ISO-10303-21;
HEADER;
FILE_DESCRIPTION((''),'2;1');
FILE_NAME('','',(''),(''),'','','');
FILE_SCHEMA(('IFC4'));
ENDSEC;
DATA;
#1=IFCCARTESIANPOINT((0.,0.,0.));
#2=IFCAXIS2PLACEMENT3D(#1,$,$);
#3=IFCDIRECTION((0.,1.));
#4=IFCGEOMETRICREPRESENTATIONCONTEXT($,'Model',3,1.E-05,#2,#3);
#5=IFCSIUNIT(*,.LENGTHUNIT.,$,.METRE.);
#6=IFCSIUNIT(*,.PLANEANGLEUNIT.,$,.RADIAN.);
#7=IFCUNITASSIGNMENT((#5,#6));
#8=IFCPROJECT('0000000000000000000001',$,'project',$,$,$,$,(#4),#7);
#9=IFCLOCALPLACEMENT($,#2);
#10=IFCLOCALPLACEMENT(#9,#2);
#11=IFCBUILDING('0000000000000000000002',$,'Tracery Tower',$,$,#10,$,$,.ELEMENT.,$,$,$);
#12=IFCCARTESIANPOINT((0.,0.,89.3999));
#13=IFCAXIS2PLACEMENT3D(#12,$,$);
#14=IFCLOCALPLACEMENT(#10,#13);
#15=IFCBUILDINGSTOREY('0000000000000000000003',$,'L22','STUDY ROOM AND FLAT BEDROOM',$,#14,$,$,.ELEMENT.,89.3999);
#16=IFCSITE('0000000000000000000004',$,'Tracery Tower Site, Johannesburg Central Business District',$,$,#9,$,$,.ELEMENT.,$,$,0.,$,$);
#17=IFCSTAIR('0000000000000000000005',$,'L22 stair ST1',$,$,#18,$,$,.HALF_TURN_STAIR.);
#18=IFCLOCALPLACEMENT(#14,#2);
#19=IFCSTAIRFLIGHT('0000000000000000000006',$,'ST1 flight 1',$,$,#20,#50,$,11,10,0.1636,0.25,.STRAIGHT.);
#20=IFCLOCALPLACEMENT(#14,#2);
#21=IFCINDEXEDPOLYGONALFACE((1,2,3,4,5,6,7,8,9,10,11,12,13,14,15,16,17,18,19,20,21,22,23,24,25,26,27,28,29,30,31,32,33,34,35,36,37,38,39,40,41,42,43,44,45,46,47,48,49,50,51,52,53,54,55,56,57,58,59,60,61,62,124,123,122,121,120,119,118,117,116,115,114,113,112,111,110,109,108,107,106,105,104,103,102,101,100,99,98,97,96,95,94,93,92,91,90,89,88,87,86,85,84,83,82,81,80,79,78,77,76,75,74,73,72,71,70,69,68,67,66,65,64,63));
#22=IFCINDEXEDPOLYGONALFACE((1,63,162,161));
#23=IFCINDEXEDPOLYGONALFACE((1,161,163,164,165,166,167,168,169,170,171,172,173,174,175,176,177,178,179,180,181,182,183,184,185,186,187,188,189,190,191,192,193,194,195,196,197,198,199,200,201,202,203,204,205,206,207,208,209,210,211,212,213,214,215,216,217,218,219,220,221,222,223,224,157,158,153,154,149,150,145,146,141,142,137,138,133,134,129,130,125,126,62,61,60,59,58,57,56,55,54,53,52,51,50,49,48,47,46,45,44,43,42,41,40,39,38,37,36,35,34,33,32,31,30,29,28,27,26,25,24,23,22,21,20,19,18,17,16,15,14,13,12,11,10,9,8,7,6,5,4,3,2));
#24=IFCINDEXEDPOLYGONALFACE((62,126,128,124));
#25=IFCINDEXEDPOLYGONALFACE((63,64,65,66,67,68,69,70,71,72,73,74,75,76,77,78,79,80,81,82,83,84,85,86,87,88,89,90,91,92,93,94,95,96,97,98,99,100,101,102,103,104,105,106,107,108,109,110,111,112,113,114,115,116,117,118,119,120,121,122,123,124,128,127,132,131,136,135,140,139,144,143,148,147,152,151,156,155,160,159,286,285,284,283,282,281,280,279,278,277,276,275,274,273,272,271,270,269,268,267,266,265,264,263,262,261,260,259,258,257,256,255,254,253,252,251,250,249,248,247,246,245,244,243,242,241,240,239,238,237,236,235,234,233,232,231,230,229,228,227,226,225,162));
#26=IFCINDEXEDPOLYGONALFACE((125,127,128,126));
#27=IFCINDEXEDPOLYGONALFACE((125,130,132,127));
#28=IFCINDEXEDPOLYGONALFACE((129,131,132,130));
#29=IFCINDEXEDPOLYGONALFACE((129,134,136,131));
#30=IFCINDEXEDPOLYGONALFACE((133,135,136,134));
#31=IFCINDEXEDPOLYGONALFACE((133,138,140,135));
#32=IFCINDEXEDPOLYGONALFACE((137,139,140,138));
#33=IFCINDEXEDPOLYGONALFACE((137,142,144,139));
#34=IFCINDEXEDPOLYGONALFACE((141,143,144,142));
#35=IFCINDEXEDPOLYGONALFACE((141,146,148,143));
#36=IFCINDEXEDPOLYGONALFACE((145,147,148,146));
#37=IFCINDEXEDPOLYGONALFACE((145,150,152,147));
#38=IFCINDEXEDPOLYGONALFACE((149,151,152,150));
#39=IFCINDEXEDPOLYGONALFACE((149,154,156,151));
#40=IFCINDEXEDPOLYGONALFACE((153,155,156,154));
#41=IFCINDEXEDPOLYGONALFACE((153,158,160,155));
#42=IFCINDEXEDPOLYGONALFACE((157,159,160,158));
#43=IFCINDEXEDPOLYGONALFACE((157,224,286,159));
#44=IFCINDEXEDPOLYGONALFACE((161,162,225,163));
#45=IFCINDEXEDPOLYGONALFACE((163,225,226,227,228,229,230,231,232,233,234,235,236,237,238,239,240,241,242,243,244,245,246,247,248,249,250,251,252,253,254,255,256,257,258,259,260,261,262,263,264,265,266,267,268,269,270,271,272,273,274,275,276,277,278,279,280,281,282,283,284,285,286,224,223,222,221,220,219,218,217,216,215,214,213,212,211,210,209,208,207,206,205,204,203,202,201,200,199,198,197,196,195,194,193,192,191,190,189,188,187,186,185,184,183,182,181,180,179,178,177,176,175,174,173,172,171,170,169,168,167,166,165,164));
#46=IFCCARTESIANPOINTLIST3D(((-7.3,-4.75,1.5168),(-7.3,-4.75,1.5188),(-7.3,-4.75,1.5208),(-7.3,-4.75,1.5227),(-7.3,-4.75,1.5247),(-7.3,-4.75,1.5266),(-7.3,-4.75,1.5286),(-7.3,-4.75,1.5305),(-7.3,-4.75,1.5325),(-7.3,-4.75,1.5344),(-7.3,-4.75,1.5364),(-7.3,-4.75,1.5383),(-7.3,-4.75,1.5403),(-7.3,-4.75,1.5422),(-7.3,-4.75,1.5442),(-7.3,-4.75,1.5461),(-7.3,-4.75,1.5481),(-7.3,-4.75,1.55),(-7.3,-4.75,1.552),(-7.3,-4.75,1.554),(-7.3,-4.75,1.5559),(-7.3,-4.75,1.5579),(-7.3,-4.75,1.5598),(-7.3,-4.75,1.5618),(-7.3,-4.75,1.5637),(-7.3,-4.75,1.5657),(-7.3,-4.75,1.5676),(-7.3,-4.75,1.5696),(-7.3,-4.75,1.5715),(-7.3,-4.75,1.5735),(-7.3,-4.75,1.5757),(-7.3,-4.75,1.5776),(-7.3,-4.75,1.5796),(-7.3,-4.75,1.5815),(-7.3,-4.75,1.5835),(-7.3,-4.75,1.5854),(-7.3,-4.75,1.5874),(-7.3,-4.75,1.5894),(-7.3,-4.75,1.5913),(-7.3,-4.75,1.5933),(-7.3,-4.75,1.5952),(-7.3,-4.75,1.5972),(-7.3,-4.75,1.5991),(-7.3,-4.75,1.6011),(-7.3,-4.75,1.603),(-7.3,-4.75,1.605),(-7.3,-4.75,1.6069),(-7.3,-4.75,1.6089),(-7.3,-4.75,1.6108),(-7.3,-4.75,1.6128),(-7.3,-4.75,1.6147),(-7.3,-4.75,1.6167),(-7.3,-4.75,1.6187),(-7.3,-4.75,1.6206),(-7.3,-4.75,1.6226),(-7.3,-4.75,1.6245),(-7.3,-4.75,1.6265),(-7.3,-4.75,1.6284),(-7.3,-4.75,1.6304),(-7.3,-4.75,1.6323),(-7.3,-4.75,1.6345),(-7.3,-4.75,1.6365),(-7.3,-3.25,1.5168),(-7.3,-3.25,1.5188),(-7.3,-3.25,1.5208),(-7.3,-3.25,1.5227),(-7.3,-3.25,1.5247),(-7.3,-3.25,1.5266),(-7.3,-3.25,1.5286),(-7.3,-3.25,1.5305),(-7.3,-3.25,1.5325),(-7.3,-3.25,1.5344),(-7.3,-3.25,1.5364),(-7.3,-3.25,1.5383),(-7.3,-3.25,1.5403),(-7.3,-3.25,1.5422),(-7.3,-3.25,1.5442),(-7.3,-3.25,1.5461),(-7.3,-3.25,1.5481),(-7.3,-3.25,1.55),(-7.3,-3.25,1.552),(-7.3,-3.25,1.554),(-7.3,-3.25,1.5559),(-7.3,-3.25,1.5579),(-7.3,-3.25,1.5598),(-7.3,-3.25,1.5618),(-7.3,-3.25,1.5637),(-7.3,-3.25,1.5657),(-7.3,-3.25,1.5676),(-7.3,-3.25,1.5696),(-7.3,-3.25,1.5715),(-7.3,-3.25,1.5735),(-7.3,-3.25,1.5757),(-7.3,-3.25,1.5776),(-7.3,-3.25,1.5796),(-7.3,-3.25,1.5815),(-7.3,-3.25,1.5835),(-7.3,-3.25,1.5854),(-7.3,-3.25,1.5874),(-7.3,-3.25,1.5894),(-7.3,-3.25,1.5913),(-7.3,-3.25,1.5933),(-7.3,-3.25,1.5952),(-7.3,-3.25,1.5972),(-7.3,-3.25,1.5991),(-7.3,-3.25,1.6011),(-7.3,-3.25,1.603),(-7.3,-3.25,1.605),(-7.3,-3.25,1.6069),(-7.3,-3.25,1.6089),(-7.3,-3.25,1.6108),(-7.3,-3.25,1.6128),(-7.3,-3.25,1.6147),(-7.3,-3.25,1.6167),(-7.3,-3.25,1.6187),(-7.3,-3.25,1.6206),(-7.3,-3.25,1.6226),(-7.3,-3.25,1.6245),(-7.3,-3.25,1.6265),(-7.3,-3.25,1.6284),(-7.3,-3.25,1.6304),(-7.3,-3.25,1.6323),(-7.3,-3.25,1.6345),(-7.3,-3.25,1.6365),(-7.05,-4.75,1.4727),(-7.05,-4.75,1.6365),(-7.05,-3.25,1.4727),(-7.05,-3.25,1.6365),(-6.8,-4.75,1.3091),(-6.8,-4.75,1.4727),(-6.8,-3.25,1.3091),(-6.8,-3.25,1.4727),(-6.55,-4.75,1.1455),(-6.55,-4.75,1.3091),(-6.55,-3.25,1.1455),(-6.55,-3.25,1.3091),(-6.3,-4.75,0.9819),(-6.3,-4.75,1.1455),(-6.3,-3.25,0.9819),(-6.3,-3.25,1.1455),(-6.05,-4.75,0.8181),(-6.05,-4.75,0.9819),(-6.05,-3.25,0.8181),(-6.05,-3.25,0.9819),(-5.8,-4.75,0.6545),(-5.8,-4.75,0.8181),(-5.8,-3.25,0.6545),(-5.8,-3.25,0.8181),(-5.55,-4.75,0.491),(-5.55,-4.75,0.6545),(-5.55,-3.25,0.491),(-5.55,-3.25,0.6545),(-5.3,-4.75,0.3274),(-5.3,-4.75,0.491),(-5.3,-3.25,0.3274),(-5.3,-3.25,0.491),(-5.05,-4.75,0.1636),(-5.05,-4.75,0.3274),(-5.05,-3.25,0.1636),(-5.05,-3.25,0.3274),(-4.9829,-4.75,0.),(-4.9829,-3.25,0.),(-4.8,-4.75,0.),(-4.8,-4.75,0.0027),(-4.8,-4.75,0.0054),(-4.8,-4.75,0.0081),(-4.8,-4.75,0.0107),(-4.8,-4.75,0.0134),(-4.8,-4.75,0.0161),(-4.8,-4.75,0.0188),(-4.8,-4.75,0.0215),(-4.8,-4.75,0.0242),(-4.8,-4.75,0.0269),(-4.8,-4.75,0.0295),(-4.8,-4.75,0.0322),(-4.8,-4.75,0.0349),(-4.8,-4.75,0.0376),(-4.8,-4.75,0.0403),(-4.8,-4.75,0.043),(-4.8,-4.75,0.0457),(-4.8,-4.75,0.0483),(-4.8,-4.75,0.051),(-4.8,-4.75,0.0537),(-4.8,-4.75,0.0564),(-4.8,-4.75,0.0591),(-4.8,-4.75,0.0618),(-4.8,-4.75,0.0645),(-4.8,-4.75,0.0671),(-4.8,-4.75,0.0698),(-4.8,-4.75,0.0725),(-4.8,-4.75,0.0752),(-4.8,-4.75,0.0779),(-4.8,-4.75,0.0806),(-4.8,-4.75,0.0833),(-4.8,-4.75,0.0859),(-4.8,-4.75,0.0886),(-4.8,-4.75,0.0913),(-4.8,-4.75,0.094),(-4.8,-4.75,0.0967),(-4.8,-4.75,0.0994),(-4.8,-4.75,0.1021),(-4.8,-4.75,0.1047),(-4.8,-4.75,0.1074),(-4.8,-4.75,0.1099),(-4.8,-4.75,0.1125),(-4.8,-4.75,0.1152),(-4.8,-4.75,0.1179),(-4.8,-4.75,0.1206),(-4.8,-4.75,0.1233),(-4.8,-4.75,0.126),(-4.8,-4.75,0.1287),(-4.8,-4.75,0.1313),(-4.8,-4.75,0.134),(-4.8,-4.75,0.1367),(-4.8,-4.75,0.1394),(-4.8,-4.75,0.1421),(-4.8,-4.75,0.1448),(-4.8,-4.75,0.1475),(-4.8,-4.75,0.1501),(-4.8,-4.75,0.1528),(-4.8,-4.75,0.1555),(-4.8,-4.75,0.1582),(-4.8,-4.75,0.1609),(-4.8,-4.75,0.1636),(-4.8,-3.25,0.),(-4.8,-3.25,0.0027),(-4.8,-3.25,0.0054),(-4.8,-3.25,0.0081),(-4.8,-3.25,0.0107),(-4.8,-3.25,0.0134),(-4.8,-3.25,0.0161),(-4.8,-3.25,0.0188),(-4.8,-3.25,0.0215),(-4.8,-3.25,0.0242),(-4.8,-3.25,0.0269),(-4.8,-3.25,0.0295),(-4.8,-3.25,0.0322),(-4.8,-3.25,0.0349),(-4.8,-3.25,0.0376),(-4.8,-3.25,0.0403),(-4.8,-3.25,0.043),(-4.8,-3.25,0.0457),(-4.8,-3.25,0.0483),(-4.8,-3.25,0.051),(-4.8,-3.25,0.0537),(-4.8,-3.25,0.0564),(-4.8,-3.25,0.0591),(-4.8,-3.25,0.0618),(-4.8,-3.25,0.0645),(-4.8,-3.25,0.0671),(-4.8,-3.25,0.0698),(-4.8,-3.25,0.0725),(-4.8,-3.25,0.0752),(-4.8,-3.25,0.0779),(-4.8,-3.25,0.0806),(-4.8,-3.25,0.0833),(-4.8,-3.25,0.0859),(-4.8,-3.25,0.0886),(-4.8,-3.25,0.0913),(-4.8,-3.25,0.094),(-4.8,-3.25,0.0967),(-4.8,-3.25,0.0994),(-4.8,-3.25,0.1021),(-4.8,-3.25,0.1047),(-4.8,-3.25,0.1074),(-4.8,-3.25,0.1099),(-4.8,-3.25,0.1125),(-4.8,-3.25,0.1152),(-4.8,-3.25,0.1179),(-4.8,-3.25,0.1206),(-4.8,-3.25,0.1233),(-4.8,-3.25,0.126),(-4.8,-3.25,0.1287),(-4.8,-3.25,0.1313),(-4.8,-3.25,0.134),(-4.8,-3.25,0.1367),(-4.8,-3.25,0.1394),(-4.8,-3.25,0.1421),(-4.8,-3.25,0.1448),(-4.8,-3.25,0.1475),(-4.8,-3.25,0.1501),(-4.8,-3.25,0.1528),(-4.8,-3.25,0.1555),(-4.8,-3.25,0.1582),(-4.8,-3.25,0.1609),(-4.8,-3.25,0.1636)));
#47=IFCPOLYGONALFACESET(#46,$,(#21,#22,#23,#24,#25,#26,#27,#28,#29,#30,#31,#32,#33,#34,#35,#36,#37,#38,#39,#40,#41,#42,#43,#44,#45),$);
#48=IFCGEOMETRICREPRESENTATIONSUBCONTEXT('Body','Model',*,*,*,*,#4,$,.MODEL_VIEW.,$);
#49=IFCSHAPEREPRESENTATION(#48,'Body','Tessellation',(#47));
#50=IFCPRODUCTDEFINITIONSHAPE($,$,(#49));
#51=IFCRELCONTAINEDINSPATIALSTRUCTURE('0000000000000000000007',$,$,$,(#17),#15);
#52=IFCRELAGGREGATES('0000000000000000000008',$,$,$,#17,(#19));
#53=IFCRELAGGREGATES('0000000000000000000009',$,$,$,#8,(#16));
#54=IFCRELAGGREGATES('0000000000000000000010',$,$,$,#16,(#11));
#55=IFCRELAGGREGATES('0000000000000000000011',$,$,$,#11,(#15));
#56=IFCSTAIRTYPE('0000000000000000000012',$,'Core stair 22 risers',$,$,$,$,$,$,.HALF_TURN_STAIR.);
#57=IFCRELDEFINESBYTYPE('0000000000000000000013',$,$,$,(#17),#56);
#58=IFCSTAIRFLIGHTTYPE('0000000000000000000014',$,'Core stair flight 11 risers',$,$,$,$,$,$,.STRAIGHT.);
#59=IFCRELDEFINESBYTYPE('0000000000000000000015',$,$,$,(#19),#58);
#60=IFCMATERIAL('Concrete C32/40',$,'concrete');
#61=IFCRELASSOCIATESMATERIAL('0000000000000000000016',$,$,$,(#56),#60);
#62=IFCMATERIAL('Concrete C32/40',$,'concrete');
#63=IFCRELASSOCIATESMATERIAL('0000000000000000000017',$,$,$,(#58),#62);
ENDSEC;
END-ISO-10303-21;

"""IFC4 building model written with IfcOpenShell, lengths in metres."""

from ifc_helpers import new_model, si_unit, direction, frame, origin, place, context, subcontext, project, spatial, polyline, outline, extrude, material, type_object, element, aggregate, save


model = new_model("IFC4")

# Units and contexts
model_context = context("Model", 3, precision=1e-05, world=origin(), true_north=direction((0.0, 1.0)))
body_context = subcontext(model_context, "Body", "Model", "MODEL_VIEW")
ifc_project = project(units=[si_unit("LENGTHUNIT", "METRE"), si_unit("PLANEANGLEUNIT", "RADIAN")], contexts=[model_context])

# Site, building, storey
site_placement = place(None, origin())
site = spatial("IfcSite", under=ifc_project, at=site_placement, Name="Tracery Tower Site, Johannesburg Central Business District", CompositionType="ELEMENT", RefElevation=0.0)
building_placement = place(site_placement, origin())
building = spatial("IfcBuilding", under=site, at=building_placement, Name="Tracery Tower", CompositionType="ELEMENT")
storey_placement = place(building_placement, frame((0.0, 0.0, 89.3999)))
storey = spatial("IfcBuildingStorey", under=building, at=storey_placement, Name="L22", Description="STUDY ROOM AND FLAT BEDROOM", CompositionType="ELEMENT", Elevation=89.3999)

# Stair, stair flight
ifc_material_1 = material(Name="Concrete C32/40", Category="concrete")
stair_type = type_object("IfcStairType", Name="Core stair 22 risers", PredefinedType="HALF_TURN_STAIR", material=ifc_material_1)
stair_placement = place(storey_placement, origin())
stair = element("IfcStair", 1, at=stair_placement, inside=storey, type_object=stair_type, Name="L22 stair ST1", PredefinedType="HALF_TURN_STAIR")
ifc_material_2 = material(Name="Concrete C32/40", Category="concrete")
stair_flight_type = type_object("IfcStairFlightType", Name="Core stair flight 11 risers", PredefinedType="STRAIGHT", material=ifc_material_2)
stair_flight_1_placement = place(storey_placement, frame((-4.8, -4.0, 0.0), z_axis=(0.0, 0.0, 1.0), x_axis=(-1.0, 0.0, 0.0)))
stair_flight_1 = element("IfcStairFlight", 2, at=stair_flight_1_placement, type_object=stair_flight_type, Name="ST1 flight 1", NumberOfRisers=11, NumberOfTreads=10, PredefinedType="STRAIGHT", RiserHeight=0.1636, TreadLength=0.25, context=body_context, shape_type="SweptSolid", body=[
    extrude(outline(polyline([(0.0, 0.0), (0.0, 0.0027), (0.0, 0.0054), (0.0, 0.0081), (0.0, 0.0107), (0.0, 0.0134), (0.0, 0.0161), (0.0, 0.0188), (0.0, 0.0215), (0.0, 0.0242), (0.0, 0.0269), (0.0, 0.0295), (0.0, 0.0322), (0.0, 0.0349), (0.0, 0.0376), (0.0, 0.0403), (0.0, 0.043), (0.0, 0.0457), (0.0, 0.0483), (0.0, 0.051), (0.0, 0.0537), (0.0, 0.0564), (0.0, 0.0591), (0.0, 0.0618), (0.0, 0.0645), (0.0, 0.0671), (0.0, 0.0698), (0.0, 0.0725), (0.0, 0.0752), (0.0, 0.0779), (0.0, 0.0806), (0.0, 0.0833), (0.0, 0.0859), (0.0, 0.0886), (0.0, 0.0913), (0.0, 0.094), (0.0, 0.0967), (0.0, 0.0994), (0.0, 0.1021), (0.0, 0.1047), (0.0, 0.1074), (0.0, 0.1099), (0.0, 0.1125), (0.0, 0.1152), (0.0, 0.1179), (0.0, 0.1206), (0.0, 0.1233), (0.0, 0.126), (0.0, 0.1287), (0.0, 0.1313), (0.0, 0.134), (0.0, 0.1367), (0.0, 0.1394), (0.0, 0.1421), (0.0, 0.1448), (0.0, 0.1475), (0.0, 0.1501), (0.0, 0.1528), (0.0, 0.1555), (0.0, 0.1582), (0.0, 0.1609), (0.0, 0.1636), (0.25, 0.1636), (0.25, 0.3274), (0.5, 0.3274), (0.5, 0.491), (0.75, 0.491), (0.75, 0.6545), (1.0, 0.6545), (1.0, 0.8181), (1.25, 0.8181), (1.25, 0.9819), (1.5, 0.9819), (1.5, 1.1455), (1.75, 1.1455), (1.75, 1.3091), (2.0, 1.3091), (2.0, 1.4727), (2.25, 1.4727), (2.25, 1.6365), (2.5, 1.6365), (2.5, 1.6345), (2.5, 1.6323), (2.5, 1.6304), (2.5, 1.6284), (2.5, 1.6265), (2.5, 1.6245), (2.5, 1.6226), (2.5, 1.6206), (2.5, 1.6187), (2.5, 1.6167), (2.5, 1.6147), (2.5, 1.6128), (2.5, 1.6108), (2.5, 1.6089), (2.5, 1.6069), (2.5, 1.605), (2.5, 1.603), (2.5, 1.6011), (2.5, 1.5991), (2.5, 1.5972), (2.5, 1.5952), (2.5, 1.5933), (2.5, 1.5913), (2.5, 1.5894), (2.5, 1.5874), (2.5, 1.5854), (2.5, 1.5835), (2.5, 1.5815), (2.5, 1.5796), (2.5, 1.5776), (2.5, 1.5757), (2.5, 1.5735), (2.5, 1.5715), (2.5, 1.5696), (2.5, 1.5676), (2.5, 1.5657), (2.5, 1.5637), (2.5, 1.5618), (2.5, 1.5598), (2.5, 1.5579), (2.5, 1.5559), (2.5, 1.554), (2.5, 1.552), (2.5, 1.55), (2.5, 1.5481), (2.5, 1.5461), (2.5, 1.5442), (2.5, 1.5422), (2.5, 1.5403), (2.5, 1.5383), (2.5, 1.5364), (2.5, 1.5344), (2.5, 1.5325), (2.5, 1.5305), (2.5, 1.5286), (2.5, 1.5266), (2.5, 1.5247), (2.5, 1.5227), (2.5, 1.5208), (2.5, 1.5188), (2.5, 1.5168), (0.1829, 0.0), (0.0, 0.0)])), frame((0.0, 0.75, 0.0), z_axis=(0.0, -1.0, 0.0), x_axis=(1.0, 0.0, 0.0)), (0.0, 0.0, 1.0), 1.5),
])
aggregate(stair, [stair_flight_1])

save(model, "model.ifc")
